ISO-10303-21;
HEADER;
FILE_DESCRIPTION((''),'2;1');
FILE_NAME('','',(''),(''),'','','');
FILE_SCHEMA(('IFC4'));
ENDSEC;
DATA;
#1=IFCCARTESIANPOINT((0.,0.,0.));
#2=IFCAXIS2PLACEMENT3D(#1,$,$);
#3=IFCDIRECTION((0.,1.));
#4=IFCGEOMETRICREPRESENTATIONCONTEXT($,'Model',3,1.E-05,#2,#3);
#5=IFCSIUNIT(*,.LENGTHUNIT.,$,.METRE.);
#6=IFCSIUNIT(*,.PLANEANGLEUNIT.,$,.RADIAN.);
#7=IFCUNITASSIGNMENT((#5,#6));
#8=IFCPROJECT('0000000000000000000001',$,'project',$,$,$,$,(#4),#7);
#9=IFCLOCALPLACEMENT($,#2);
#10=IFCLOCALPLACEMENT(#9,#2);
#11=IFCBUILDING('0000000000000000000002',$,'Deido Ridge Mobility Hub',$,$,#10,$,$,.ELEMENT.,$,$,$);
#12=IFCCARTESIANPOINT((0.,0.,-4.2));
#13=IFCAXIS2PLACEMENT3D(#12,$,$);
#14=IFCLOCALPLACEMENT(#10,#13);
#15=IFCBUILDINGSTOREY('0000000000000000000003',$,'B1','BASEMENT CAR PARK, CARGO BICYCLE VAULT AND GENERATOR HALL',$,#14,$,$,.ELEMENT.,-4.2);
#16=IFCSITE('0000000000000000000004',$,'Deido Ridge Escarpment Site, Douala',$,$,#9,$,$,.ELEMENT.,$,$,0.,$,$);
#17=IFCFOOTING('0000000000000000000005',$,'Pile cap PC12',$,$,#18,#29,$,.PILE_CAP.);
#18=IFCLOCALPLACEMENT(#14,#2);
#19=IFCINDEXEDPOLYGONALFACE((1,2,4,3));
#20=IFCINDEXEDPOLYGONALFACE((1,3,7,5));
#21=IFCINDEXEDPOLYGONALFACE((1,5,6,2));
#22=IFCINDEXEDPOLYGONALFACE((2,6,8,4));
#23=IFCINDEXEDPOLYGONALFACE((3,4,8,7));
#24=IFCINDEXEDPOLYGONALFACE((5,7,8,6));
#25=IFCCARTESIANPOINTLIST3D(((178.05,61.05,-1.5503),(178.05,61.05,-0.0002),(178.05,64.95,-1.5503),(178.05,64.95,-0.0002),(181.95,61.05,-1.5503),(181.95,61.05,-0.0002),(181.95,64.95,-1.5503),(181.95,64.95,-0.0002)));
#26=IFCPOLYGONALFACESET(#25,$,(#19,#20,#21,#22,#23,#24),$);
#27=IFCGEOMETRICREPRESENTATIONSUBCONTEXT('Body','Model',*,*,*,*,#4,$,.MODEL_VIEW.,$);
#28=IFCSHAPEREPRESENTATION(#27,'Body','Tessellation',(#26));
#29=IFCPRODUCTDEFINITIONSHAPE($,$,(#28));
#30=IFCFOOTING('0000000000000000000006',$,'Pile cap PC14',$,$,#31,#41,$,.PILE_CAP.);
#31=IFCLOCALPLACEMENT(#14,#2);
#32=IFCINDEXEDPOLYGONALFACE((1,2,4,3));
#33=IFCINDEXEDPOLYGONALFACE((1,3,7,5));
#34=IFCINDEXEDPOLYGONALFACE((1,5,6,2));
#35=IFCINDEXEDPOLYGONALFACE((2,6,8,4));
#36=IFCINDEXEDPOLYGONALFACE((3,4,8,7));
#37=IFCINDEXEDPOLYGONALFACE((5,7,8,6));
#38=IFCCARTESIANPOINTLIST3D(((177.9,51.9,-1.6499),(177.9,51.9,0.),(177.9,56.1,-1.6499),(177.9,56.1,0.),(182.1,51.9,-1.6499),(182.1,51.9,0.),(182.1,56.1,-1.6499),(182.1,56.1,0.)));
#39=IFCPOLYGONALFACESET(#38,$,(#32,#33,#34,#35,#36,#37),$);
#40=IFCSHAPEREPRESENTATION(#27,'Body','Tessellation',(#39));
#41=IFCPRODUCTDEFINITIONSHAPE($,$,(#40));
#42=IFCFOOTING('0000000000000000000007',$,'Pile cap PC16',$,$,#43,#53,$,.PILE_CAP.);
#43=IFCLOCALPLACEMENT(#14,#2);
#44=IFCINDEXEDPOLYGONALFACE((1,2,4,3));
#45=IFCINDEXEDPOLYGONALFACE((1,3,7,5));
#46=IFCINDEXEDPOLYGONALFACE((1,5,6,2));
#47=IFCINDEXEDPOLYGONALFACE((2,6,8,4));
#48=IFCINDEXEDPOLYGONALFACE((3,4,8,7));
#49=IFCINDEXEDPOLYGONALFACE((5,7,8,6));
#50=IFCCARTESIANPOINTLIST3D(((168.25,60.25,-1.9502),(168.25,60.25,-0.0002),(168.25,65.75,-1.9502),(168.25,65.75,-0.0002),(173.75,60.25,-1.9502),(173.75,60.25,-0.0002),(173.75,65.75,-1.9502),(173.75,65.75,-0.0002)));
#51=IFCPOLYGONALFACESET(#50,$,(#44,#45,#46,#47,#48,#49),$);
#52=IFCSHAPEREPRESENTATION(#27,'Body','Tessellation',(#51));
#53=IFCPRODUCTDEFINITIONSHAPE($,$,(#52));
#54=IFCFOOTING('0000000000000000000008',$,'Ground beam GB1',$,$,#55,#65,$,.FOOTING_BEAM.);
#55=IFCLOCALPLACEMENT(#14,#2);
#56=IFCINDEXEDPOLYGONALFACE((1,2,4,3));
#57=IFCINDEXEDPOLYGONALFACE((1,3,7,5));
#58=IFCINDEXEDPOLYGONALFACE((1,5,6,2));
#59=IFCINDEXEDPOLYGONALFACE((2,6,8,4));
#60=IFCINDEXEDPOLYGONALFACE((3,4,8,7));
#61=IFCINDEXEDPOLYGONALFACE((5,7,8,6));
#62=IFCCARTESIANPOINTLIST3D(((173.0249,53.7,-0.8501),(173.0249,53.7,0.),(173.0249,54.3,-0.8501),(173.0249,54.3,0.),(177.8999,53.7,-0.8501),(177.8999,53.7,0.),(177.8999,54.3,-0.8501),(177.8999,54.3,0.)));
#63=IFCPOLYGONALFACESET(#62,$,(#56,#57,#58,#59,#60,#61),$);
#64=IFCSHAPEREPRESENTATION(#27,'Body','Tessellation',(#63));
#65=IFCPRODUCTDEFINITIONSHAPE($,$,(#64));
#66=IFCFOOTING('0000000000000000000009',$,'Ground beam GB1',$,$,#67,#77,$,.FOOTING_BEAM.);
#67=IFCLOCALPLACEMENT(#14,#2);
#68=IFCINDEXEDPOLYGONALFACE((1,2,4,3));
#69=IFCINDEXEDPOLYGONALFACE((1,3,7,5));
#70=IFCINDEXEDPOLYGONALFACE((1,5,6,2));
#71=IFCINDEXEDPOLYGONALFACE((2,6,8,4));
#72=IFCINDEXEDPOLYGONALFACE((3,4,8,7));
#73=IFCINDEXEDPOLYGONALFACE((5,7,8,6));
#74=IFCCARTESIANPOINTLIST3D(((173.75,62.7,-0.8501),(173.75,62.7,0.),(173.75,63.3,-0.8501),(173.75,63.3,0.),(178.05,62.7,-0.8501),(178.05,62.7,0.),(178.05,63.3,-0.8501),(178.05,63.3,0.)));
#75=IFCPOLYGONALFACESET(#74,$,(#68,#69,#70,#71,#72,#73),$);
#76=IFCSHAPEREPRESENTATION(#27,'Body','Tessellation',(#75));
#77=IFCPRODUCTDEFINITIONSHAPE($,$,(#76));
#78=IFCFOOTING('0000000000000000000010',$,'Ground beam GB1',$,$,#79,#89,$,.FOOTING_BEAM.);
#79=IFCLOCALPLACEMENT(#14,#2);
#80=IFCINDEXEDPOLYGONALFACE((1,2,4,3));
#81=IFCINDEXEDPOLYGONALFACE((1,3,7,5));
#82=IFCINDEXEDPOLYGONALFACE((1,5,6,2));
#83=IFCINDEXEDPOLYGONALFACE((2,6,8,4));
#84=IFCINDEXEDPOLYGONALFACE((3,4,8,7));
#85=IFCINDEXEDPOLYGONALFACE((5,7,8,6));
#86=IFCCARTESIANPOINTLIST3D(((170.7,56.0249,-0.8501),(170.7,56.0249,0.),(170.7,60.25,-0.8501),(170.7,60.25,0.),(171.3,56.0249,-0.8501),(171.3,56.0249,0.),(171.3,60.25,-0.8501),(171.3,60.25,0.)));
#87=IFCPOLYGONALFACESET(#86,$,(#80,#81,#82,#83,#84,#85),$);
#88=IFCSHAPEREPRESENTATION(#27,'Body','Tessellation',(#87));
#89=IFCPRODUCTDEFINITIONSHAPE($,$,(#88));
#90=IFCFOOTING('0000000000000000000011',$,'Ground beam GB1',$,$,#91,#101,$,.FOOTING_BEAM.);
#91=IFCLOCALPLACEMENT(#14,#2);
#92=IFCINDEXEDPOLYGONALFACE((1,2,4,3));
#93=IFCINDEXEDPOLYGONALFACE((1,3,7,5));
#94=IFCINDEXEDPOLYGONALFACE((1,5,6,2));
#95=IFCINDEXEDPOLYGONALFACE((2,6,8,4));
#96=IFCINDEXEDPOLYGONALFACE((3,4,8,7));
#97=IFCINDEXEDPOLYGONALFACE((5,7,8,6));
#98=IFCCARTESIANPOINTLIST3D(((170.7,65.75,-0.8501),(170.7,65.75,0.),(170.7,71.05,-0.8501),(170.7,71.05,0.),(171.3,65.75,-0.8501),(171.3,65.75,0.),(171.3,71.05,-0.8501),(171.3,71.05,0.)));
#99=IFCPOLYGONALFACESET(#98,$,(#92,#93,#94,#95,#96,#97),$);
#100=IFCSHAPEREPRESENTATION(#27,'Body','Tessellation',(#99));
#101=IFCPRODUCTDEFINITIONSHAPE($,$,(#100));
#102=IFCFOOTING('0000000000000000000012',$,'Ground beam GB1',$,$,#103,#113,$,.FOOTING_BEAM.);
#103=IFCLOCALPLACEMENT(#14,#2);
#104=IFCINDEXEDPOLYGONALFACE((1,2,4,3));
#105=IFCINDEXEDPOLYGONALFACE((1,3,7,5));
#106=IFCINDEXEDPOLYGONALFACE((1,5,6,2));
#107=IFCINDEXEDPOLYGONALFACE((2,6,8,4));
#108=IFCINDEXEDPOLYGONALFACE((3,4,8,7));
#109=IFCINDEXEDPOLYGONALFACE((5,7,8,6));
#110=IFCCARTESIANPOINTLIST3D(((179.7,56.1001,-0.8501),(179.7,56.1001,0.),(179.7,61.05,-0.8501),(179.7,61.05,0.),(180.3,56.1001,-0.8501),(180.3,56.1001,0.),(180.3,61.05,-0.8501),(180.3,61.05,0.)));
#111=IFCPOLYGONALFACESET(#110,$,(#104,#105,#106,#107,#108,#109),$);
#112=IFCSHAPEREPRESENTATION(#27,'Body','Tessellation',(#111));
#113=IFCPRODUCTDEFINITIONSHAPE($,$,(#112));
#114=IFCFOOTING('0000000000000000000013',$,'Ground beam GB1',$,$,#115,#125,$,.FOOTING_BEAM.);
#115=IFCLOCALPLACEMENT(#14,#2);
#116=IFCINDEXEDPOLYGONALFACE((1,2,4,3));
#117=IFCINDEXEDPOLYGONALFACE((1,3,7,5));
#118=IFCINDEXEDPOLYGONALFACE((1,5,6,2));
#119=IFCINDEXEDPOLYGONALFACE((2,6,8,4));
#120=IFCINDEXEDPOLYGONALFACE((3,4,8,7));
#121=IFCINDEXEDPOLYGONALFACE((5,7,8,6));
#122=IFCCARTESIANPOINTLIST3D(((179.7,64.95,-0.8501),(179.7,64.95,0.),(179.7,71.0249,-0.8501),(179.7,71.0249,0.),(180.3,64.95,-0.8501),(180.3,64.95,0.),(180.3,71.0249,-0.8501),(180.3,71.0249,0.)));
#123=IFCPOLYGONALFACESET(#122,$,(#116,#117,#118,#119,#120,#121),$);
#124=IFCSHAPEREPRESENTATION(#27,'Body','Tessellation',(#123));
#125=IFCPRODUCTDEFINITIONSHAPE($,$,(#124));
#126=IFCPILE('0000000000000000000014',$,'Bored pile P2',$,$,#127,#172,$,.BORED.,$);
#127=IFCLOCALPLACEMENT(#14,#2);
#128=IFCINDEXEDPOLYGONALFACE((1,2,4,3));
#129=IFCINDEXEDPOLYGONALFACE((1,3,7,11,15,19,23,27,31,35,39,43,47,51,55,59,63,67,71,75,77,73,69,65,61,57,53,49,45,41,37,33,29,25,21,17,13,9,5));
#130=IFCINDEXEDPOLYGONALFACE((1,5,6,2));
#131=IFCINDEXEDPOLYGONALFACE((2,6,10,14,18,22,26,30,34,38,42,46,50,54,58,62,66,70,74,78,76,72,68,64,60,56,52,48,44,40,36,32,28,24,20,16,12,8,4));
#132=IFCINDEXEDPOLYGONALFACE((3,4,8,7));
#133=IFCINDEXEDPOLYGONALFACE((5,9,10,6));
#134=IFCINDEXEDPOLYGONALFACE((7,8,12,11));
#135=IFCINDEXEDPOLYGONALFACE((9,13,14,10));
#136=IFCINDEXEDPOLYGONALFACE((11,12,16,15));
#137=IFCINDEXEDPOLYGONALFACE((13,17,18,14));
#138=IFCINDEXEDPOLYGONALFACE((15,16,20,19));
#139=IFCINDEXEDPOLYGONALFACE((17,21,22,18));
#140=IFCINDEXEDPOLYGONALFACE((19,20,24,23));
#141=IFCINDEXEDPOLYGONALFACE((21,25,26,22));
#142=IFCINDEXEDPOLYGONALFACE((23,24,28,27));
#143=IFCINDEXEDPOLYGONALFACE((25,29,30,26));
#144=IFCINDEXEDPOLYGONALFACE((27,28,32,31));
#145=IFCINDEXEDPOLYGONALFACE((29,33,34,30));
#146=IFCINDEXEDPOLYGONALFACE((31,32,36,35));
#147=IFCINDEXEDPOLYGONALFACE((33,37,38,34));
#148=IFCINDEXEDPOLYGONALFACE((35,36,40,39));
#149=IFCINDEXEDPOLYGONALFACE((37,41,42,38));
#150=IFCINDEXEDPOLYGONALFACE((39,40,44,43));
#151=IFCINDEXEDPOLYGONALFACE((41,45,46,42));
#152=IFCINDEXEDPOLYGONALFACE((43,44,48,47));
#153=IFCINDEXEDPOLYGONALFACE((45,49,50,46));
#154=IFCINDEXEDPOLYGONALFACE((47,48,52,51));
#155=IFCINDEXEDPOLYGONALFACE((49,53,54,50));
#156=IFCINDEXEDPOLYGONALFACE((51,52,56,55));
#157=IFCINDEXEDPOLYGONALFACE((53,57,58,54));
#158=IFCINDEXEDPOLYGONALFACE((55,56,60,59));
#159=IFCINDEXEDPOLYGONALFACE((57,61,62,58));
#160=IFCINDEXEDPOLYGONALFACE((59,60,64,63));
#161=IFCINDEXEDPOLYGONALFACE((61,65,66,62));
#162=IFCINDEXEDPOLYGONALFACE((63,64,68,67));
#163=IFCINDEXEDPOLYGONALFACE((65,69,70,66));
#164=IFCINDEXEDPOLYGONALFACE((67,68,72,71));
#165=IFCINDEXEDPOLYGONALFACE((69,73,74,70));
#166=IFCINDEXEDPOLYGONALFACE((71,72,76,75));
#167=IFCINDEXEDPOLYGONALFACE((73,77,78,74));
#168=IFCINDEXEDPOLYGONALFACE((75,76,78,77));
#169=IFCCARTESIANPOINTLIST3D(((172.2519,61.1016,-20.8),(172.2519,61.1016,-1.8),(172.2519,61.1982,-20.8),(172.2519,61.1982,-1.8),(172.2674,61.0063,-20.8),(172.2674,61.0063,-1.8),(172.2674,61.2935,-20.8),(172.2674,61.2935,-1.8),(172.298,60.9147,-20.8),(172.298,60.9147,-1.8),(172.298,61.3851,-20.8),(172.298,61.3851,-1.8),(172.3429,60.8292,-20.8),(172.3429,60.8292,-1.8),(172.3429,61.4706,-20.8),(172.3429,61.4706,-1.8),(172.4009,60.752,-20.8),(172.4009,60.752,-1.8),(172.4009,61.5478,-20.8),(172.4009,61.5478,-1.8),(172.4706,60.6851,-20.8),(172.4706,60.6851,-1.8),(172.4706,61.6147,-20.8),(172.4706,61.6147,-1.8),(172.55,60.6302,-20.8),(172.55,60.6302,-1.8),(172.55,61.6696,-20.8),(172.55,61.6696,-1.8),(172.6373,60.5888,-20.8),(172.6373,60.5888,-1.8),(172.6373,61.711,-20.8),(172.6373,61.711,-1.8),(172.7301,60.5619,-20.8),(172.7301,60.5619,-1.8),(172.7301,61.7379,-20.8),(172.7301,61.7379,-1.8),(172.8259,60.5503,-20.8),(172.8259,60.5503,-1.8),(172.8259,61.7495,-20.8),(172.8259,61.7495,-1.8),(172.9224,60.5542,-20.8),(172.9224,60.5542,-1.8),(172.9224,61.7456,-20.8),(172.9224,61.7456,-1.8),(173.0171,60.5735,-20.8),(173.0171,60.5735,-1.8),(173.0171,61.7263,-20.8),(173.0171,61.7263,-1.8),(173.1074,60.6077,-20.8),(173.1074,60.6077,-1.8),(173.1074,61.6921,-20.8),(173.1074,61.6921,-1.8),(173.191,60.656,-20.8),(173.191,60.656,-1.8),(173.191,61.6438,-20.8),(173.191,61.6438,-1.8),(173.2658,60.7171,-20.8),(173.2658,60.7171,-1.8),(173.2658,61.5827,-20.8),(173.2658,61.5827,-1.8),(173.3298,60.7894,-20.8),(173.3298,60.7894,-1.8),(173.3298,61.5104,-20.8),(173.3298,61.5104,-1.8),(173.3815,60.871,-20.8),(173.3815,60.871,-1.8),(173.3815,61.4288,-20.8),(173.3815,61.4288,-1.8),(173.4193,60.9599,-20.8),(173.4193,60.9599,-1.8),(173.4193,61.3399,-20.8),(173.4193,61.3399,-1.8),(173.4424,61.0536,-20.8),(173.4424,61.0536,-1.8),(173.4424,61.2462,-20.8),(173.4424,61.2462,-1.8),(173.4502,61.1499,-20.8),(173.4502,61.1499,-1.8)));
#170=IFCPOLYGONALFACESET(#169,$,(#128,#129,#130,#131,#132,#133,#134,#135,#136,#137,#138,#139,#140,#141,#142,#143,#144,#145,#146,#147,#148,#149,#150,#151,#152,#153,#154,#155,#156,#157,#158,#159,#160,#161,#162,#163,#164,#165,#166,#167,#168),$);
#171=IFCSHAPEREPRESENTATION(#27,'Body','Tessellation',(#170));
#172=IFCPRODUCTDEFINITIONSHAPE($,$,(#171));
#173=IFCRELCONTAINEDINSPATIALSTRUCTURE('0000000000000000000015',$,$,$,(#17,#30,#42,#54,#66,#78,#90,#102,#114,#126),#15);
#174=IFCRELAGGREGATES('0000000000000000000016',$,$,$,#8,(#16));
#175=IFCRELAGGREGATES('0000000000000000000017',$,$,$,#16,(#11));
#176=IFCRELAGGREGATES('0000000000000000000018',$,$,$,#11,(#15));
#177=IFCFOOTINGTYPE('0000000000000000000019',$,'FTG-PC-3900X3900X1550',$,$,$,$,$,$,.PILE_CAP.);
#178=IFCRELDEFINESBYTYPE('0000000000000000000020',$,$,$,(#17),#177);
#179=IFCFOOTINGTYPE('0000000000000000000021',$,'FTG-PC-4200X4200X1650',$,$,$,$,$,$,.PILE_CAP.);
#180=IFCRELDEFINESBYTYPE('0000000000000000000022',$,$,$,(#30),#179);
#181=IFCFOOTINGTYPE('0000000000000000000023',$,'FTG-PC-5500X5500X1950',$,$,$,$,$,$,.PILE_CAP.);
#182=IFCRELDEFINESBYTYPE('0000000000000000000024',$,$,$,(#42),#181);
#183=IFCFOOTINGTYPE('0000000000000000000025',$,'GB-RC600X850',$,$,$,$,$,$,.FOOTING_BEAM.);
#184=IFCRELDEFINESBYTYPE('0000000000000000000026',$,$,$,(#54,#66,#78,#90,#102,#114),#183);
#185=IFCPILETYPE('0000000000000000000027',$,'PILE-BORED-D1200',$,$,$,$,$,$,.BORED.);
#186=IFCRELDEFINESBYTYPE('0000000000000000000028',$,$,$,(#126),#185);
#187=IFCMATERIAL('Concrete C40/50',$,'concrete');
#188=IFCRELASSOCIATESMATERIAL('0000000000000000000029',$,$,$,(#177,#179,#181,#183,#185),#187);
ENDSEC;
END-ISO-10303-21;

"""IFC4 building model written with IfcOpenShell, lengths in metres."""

from ifc_helpers import new_model, si_unit, direction, frame, origin, origin_2d, place, context, subcontext, project, spatial, rectangle, circle, extrude, material, material_profile, profile_set, type_object, element, save


model = new_model("IFC4")

# Units and contexts
model_context = context("Model", 3, precision=1e-05, world=origin(), true_north=direction((0.0, 1.0)))
body_context = subcontext(model_context, "Body", "Model", "MODEL_VIEW")
ifc_project = project(units=[si_unit("LENGTHUNIT", "METRE"), si_unit("PLANEANGLEUNIT", "RADIAN")], contexts=[model_context])

# Site, building, storey
site_placement = place(None, origin())
site = spatial("IfcSite", under=ifc_project, at=site_placement, Name="Deido Ridge Escarpment Site, Douala", CompositionType="ELEMENT", RefElevation=0.0)
building_placement = place(site_placement, origin())
building = spatial("IfcBuilding", under=site, at=building_placement, Name="Deido Ridge Mobility Hub", CompositionType="ELEMENT")
storey_placement = place(building_placement, frame((0.0, 0.0, -4.2)))
storey = spatial("IfcBuildingStorey", under=building, at=storey_placement, Name="B1", Description="BASEMENT CAR PARK, CARGO BICYCLE VAULT AND GENERATOR HALL", CompositionType="ELEMENT", Elevation=-4.2)

# Footings
ifc_material_1 = material(Name="Concrete C40/50", Category="concrete")
footing_type_1 = type_object("IfcFootingType", Name="FTG-PC-3900X3900X1550", PredefinedType="PILE_CAP", material=ifc_material_1)
footing_1_placement = place(storey_placement, frame((180.0, 63.0, -1.5503), z_axis=(0.0, 0.0, 1.0), x_axis=(1.0, 0.0, 0.0)))
element("IfcFooting", 1, at=footing_1_placement, inside=storey, type_object=footing_type_1, Name="Pile cap PC12", PredefinedType="PILE_CAP", context=body_context, shape_type="SweptSolid", body=[
    extrude(rectangle(XDim=3.8999, YDim=3.8999, at=origin_2d()), origin(), (0.0, 0.0, 1.0), 1.55),
])
footing_type_2 = type_object("IfcFootingType", Name="FTG-PC-4200X4200X1650", PredefinedType="PILE_CAP", material=ifc_material_1)
footing_2_placement = place(storey_placement, frame((180.0, 54.0, -1.6499), z_axis=(0.0, 0.0, 1.0), x_axis=(1.0, 0.0, 0.0)))
element("IfcFooting", 2, at=footing_2_placement, inside=storey, type_object=footing_type_2, Name="Pile cap PC14", PredefinedType="PILE_CAP", context=body_context, shape_type="SweptSolid", body=[
    extrude(rectangle(XDim=4.2, YDim=4.2, at=origin_2d()), origin(), (0.0, 0.0, 1.0), 1.6499),
])
footing_type_3 = type_object("IfcFootingType", Name="FTG-PC-5500X5500X1950", PredefinedType="PILE_CAP", material=ifc_material_1)
footing_3_placement = place(storey_placement, frame((171.0, 63.0, -1.9502), z_axis=(0.0, 0.0, 1.0), x_axis=(1.0, 0.0, 0.0)))
element("IfcFooting", 3, at=footing_3_placement, inside=storey, type_object=footing_type_3, Name="Pile cap PC16", PredefinedType="PILE_CAP", context=body_context, shape_type="SweptSolid", body=[
    extrude(rectangle(XDim=5.5, YDim=5.5, at=origin_2d()), origin(), (0.0, 0.0, 1.0), 1.95),
])
ifc_material_profile_1 = material_profile(ifc_material_1, rectangle(XDim=0.6001, YDim=0.8501, at=origin_2d()), Name="RC GB 600x850")
ifc_profile_set_1 = profile_set([ifc_material_profile_1], Name="Concrete C40/50")
footing_type_4 = type_object("IfcFootingType", Name="GB-RC600X850", PredefinedType="FOOTING_BEAM", material=ifc_profile_set_1)
footing_4_placement = place(storey_placement, frame((173.0249, 54.0, -0.425), z_axis=(1.0, 0.0, 0.0), x_axis=(0.0, 1.0, 0.0)))
element("IfcFooting", 4, at=footing_4_placement, inside=storey, type_object=footing_type_4, Name="Ground beam GB1", PredefinedType="FOOTING_BEAM", context=body_context, shape_type="SweptSolid", body=[
    extrude(rectangle(XDim=0.6001, YDim=0.8501, at=origin_2d()), origin(), (0.0, 0.0, 1.0), 4.875),
])
footing_5_placement = place(storey_placement, frame((173.75, 63.0, -0.425), z_axis=(1.0, 0.0, 0.0), x_axis=(0.0, 1.0, 0.0)))
element("IfcFooting", 5, at=footing_5_placement, inside=storey, type_object=footing_type_4, Name="Ground beam GB1", PredefinedType="FOOTING_BEAM", context=body_context, shape_type="SweptSolid", body=[
    extrude(rectangle(XDim=0.6001, YDim=0.8501, at=origin_2d()), origin(), (0.0, 0.0, 1.0), 4.3),
])
footing_6_placement = place(storey_placement, frame((171.0, 56.0249, -0.425), z_axis=(0.0, 1.0, 0.0), x_axis=(-1.0, 0.0, 0.0)))
element("IfcFooting", 6, at=footing_6_placement, inside=storey, type_object=footing_type_4, Name="Ground beam GB1", PredefinedType="FOOTING_BEAM", context=body_context, shape_type="SweptSolid", body=[
    extrude(rectangle(XDim=0.6001, YDim=0.8501, at=origin_2d()), origin(), (0.0, 0.0, 1.0), 4.2251),
])
footing_7_placement = place(storey_placement, frame((171.0, 65.75, -0.425), z_axis=(0.0, 1.0, 0.0), x_axis=(-1.0, 0.0, 0.0)))
element("IfcFooting", 7, at=footing_7_placement, inside=storey, type_object=footing_type_4, Name="Ground beam GB1", PredefinedType="FOOTING_BEAM", context=body_context, shape_type="SweptSolid", body=[
    extrude(rectangle(XDim=0.6001, YDim=0.8501, at=origin_2d()), origin(), (0.0, 0.0, 1.0), 5.3),
])
footing_8_placement = place(storey_placement, frame((180.0, 56.1001, -0.425), z_axis=(0.0, 1.0, 0.0), x_axis=(-1.0, 0.0, 0.0)))
element("IfcFooting", 8, at=footing_8_placement, inside=storey, type_object=footing_type_4, Name="Ground beam GB1", PredefinedType="FOOTING_BEAM", context=body_context, shape_type="SweptSolid", body=[
    extrude(rectangle(XDim=0.6001, YDim=0.8501, at=origin_2d()), origin(), (0.0, 0.0, 1.0), 4.95),
])
footing_9_placement = place(storey_placement, frame((180.0, 64.95, -0.425), z_axis=(0.0, 1.0, 0.0), x_axis=(-1.0, 0.0, 0.0)))
element("IfcFooting", 9, at=footing_9_placement, inside=storey, type_object=footing_type_4, Name="Ground beam GB1", PredefinedType="FOOTING_BEAM", context=body_context, shape_type="SweptSolid", body=[
    extrude(rectangle(XDim=0.6001, YDim=0.8501, at=origin_2d()), origin(), (0.0, 0.0, 1.0), 6.075),
])

# Pile
ifc_material_profile_2 = material_profile(ifc_material_1, circle(Radius=0.6001, at=origin_2d()), Name="BORED PILE D1200")
ifc_profile_set_2 = profile_set([ifc_material_profile_2], Name="Concrete C40/50")
pile_type_1 = type_object("IfcPileType", Name="PILE-BORED-D1200", PredefinedType="BORED", material=ifc_profile_set_2)
for number, where, z_axis, x_axis, name in (
    (10, (172.8501, 61.1499, -1.8), (0.0, 0.0, -1.0), (1.0, 0.0, 0.0), "Bored pile P2"),
):
    element("IfcPile", number, at=place(storey_placement, frame(where, z_axis=z_axis, x_axis=x_axis)), inside=storey, type_object=pile_type_1, Name=name, PredefinedType="BORED", context=body_context, shape_type="SweptSolid", body=[
        extrude(circle(Radius=0.6001, at=origin_2d()), origin(), (0.0, 0.0, 1.0), 19.0),
    ])

save(model, "model.ifc")
